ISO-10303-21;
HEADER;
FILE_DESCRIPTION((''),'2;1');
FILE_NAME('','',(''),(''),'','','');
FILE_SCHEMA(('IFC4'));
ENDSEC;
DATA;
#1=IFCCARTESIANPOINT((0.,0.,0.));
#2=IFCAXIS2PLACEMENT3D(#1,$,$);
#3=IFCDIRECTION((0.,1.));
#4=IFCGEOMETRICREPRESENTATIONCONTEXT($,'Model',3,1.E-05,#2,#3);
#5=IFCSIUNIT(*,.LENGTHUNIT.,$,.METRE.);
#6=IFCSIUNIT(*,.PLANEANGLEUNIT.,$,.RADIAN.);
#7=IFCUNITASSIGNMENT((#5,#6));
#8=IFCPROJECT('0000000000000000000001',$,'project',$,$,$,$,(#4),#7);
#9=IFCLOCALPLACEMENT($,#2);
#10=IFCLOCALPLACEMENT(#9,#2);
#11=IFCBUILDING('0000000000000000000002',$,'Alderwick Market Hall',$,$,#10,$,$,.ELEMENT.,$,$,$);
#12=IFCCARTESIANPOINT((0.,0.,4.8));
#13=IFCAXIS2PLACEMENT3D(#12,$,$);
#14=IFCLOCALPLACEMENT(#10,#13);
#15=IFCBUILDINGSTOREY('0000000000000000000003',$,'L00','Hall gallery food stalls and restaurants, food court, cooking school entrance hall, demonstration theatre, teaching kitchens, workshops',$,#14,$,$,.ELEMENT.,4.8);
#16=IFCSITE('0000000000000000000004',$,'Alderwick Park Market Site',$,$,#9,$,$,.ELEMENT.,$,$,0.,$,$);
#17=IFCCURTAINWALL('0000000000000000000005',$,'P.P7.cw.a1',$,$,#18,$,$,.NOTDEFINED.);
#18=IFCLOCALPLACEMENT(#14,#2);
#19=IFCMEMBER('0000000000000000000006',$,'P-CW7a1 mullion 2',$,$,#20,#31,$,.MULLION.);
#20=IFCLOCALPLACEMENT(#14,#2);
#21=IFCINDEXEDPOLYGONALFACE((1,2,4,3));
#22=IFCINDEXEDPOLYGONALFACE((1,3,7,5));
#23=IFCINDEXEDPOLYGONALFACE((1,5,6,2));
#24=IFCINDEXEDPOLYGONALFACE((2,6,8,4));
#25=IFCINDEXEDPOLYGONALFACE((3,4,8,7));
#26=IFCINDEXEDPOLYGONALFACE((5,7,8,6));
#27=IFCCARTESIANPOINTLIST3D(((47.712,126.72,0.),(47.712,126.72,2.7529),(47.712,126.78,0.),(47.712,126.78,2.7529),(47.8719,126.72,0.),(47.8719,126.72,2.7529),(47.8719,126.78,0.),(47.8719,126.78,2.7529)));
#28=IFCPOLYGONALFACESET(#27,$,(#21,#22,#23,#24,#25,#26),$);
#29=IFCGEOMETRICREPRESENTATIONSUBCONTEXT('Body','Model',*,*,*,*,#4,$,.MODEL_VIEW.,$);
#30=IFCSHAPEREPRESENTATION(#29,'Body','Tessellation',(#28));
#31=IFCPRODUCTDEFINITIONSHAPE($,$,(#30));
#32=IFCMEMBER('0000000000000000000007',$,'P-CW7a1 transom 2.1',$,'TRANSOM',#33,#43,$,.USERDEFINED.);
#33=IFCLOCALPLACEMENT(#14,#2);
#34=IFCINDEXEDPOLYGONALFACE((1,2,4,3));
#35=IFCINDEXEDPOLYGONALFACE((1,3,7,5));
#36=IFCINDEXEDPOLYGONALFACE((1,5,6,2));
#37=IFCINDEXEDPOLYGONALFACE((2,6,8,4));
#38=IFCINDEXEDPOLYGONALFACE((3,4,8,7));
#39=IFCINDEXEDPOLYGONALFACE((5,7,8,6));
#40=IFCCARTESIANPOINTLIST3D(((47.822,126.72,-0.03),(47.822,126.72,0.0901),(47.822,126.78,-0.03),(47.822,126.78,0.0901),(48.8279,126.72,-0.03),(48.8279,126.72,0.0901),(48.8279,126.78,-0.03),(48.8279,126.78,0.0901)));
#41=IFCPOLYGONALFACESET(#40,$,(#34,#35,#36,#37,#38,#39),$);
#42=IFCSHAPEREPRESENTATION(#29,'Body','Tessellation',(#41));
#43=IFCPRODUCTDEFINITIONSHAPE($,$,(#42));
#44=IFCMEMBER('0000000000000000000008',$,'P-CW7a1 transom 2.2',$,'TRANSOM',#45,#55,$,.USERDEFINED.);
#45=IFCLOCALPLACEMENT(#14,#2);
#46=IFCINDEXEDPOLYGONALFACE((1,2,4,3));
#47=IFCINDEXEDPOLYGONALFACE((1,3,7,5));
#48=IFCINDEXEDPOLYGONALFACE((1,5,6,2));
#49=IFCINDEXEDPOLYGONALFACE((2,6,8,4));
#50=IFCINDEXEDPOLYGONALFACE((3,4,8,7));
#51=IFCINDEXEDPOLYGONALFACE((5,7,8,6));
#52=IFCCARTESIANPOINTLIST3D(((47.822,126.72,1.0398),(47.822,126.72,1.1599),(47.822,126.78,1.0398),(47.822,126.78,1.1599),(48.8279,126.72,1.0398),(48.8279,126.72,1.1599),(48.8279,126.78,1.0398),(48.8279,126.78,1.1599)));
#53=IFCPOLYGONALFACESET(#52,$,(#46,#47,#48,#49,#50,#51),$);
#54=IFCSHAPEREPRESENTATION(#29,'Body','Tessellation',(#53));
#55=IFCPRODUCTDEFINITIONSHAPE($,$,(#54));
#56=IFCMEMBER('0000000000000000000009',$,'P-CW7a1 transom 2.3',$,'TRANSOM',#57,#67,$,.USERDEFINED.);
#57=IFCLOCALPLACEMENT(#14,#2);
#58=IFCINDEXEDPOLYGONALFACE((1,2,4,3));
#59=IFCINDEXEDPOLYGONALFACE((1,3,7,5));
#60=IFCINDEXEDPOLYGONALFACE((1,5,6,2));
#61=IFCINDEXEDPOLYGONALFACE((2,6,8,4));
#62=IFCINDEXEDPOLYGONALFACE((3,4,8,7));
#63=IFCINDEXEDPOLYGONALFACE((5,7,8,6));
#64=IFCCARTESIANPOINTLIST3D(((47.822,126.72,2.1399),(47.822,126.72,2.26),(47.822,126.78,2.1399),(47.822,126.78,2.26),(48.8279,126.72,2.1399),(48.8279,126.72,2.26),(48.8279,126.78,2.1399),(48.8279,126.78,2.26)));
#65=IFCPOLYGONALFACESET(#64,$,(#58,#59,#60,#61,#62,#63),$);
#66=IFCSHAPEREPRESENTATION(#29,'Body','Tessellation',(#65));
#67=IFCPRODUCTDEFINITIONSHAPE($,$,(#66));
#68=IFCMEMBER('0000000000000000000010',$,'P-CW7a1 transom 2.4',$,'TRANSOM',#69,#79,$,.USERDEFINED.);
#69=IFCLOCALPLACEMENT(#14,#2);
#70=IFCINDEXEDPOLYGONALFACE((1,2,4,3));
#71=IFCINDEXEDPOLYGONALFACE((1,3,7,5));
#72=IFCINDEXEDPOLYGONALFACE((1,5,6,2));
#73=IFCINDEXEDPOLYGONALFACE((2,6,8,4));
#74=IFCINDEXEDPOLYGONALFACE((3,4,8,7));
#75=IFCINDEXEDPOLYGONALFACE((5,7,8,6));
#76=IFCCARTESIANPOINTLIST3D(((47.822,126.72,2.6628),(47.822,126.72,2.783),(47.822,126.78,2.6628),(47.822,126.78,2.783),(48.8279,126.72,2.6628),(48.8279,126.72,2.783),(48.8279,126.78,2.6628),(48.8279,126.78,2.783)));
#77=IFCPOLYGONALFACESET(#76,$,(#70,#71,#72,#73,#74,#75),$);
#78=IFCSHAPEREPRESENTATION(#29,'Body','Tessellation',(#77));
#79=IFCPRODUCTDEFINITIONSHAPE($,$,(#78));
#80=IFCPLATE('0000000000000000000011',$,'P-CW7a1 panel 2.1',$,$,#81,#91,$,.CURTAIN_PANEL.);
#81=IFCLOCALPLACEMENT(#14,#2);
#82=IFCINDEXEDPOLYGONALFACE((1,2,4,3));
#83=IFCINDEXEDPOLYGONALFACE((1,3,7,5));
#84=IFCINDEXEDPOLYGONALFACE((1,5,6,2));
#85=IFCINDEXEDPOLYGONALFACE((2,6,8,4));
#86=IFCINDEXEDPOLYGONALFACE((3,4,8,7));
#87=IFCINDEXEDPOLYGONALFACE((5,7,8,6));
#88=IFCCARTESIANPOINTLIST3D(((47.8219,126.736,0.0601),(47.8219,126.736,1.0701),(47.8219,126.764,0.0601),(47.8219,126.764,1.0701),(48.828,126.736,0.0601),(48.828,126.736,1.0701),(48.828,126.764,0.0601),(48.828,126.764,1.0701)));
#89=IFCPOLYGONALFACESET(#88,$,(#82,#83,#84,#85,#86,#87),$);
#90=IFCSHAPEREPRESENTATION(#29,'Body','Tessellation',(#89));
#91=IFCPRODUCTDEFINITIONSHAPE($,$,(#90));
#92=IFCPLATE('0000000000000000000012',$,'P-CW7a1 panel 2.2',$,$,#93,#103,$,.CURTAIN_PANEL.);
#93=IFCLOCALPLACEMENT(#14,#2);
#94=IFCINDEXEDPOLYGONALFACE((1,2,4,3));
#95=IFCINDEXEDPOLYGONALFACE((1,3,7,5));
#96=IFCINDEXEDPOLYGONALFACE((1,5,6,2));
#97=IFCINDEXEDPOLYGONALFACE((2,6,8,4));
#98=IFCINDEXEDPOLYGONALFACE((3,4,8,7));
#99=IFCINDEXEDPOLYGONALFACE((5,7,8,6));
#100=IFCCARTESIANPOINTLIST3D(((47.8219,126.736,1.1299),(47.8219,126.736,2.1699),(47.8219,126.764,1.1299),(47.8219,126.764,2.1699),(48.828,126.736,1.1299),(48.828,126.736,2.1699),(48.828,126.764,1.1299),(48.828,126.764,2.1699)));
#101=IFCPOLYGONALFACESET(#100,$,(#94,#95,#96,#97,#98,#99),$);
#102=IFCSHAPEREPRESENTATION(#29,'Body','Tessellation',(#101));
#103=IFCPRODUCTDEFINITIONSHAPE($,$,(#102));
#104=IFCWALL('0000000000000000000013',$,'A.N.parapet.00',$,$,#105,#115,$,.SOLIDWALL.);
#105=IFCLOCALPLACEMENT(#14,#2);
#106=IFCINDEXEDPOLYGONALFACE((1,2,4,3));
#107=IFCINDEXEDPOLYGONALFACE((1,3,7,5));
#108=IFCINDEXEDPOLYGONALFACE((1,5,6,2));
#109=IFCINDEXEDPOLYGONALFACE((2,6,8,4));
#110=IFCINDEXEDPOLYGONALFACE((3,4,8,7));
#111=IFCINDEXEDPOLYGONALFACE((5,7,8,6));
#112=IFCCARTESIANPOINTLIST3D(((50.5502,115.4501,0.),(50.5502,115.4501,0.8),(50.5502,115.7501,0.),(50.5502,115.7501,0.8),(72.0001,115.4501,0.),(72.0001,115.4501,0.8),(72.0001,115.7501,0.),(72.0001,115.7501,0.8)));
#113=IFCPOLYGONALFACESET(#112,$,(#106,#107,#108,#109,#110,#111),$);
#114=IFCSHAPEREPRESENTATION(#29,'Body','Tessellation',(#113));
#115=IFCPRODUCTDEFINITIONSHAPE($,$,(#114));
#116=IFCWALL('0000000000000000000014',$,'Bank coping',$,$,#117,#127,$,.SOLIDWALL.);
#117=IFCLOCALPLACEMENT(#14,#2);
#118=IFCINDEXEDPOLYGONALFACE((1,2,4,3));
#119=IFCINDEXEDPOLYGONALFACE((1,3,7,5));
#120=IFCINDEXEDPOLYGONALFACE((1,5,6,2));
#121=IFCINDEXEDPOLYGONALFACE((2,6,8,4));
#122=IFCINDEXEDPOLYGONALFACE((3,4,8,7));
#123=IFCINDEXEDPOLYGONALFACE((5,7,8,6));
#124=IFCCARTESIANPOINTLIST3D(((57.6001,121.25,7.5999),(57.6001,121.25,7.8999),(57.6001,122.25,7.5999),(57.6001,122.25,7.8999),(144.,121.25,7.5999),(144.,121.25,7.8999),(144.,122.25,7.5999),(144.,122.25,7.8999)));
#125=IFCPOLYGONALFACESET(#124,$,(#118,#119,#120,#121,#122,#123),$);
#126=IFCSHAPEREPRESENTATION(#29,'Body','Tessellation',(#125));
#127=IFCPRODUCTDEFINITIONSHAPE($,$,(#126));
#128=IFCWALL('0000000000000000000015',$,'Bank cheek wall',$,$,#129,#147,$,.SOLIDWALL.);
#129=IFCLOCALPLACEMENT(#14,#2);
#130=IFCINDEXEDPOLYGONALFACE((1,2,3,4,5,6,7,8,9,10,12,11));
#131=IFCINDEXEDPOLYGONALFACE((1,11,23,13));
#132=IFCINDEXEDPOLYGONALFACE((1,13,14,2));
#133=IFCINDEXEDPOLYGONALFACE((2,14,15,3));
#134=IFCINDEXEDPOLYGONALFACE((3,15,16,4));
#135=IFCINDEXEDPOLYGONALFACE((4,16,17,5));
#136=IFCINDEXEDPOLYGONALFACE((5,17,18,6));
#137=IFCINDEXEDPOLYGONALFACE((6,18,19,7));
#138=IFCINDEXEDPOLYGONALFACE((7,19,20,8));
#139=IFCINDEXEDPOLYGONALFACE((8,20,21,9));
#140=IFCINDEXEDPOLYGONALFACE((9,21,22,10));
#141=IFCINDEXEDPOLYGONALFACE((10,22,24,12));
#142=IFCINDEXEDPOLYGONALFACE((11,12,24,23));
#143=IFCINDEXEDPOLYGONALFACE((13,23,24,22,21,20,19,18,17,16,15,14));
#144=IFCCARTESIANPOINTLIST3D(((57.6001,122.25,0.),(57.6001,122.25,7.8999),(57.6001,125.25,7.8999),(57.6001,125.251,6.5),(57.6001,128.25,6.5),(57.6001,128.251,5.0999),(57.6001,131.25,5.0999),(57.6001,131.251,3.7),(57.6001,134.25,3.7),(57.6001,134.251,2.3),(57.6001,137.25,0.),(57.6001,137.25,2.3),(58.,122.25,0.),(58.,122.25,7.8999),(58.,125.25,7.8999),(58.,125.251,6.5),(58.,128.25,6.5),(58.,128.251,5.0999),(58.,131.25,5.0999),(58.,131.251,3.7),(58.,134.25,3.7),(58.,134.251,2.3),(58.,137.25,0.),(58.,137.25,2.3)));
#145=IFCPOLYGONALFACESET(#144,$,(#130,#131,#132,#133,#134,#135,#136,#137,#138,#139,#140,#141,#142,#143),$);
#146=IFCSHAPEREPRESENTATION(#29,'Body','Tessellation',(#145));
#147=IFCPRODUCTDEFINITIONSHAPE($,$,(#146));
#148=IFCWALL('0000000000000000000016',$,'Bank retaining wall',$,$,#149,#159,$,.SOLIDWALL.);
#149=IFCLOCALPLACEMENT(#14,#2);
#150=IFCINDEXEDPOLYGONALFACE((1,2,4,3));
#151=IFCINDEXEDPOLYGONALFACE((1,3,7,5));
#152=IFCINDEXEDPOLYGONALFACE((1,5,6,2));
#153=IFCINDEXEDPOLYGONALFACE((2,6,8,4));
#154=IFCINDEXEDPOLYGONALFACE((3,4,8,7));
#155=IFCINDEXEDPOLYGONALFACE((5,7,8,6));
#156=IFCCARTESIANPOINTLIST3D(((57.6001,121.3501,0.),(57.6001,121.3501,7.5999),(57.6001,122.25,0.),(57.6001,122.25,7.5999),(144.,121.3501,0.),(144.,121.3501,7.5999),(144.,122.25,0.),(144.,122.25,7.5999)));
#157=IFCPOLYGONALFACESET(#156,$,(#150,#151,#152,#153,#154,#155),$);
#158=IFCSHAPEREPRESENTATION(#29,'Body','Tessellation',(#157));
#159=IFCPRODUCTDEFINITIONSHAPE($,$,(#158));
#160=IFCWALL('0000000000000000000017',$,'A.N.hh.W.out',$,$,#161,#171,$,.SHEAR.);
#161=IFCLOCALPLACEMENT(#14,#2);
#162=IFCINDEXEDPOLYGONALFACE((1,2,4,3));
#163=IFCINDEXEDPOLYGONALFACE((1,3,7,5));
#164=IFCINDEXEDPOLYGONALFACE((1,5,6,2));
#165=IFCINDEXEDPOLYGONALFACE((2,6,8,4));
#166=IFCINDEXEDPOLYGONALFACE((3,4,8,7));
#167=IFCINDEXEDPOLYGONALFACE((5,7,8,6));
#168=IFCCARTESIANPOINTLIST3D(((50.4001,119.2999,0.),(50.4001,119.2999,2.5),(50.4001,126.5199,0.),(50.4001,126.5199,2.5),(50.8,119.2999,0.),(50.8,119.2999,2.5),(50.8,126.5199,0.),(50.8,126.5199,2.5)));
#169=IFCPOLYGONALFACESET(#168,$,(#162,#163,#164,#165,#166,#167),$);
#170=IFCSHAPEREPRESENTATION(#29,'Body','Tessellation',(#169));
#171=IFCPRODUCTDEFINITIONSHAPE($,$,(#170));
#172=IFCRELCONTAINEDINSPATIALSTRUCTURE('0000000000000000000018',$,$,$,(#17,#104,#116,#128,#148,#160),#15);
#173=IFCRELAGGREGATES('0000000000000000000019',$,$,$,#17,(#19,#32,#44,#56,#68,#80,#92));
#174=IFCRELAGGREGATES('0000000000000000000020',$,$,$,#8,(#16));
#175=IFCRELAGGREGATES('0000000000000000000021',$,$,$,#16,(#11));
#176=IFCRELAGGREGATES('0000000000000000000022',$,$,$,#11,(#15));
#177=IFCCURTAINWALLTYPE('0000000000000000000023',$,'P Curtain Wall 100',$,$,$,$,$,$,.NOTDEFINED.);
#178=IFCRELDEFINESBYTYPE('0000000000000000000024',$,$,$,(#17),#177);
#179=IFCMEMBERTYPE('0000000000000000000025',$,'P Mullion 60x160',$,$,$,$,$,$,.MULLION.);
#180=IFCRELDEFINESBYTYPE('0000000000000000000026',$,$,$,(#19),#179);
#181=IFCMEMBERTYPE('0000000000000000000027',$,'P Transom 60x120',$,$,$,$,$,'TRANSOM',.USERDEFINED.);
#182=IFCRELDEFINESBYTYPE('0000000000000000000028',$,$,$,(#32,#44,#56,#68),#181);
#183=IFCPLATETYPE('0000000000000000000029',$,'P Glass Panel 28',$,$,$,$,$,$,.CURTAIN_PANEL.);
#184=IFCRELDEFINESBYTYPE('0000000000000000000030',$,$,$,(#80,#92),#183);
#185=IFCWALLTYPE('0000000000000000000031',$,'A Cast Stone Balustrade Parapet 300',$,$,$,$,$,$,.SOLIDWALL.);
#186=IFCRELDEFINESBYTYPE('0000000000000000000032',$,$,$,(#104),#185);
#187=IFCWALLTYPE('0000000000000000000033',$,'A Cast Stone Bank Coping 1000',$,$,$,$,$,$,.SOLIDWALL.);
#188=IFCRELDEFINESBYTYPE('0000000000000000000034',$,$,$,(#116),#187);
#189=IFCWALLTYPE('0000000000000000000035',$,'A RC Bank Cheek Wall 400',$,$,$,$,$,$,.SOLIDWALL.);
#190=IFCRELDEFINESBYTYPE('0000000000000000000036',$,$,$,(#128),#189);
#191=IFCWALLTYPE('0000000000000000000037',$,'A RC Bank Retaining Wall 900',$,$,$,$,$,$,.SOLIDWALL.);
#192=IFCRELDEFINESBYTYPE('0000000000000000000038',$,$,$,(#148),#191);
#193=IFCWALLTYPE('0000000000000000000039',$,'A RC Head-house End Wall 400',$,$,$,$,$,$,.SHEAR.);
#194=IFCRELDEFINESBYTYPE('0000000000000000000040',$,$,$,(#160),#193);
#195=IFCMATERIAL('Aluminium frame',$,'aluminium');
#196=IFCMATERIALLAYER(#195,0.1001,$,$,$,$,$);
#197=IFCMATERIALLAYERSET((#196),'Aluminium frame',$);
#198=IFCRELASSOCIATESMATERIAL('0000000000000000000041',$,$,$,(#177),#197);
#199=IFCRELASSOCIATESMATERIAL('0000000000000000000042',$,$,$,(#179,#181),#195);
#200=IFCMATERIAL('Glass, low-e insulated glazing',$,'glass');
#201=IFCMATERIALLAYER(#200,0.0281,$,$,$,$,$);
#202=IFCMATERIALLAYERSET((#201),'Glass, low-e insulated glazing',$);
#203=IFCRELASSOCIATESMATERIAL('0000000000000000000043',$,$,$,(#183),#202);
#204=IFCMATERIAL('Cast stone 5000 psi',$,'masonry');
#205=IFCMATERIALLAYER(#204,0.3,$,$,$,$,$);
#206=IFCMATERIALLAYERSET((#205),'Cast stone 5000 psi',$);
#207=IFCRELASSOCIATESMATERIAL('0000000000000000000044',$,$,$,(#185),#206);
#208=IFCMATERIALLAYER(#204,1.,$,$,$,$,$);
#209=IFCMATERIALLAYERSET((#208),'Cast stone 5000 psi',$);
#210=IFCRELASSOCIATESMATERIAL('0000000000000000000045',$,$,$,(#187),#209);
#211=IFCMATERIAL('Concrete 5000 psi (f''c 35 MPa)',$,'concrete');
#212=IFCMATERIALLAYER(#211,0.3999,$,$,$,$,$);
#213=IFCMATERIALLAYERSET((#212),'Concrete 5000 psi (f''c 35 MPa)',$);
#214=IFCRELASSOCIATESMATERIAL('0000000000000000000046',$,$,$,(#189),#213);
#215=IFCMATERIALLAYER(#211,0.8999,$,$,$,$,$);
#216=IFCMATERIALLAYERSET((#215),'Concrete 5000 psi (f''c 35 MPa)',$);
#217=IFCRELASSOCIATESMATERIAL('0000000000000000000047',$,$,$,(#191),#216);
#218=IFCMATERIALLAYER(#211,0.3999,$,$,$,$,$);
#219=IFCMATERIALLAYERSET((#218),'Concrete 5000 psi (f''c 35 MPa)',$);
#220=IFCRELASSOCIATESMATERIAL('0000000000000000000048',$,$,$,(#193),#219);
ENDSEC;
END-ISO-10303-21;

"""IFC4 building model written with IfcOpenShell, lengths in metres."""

from ifc_helpers import new_model, si_unit, direction, frame, frame_2d, origin, origin_2d, place, context, subcontext, project, spatial, polyline, rectangle, outline, extrude, material, layer, layer_set, material_profile, profile_set, type_object, element, aggregate, save


model = new_model("IFC4")

# Units and contexts
model_context = context("Model", 3, precision=1e-05, world=origin(), true_north=direction((0.0, 1.0)))
body_context = subcontext(model_context, "Body", "Model", "MODEL_VIEW")
ifc_project = project(units=[si_unit("LENGTHUNIT", "METRE"), si_unit("PLANEANGLEUNIT", "RADIAN")], contexts=[model_context])

# Site, building, storey
site_placement = place(None, origin())
site = spatial("IfcSite", under=ifc_project, at=site_placement, Name="Alderwick Park Market Site", CompositionType="ELEMENT", RefElevation=0.0)
building_placement = place(site_placement, origin())
building = spatial("IfcBuilding", under=site, at=building_placement, Name="Alderwick Market Hall", CompositionType="ELEMENT")
storey_placement = place(building_placement, frame((0.0, 0.0, 4.8)))
storey = spatial("IfcBuildingStorey", under=building, at=storey_placement, Name="L00", Description="Hall gallery food stalls and restaurants, food court, cooking school entrance hall, demonstration theatre, teaching kitchens, workshops", CompositionType="ELEMENT", Elevation=4.8)

# Curtain wall, members, plates
ifc_material_1 = material(Name="Aluminium frame", Category="aluminium")
ifc_layer_1 = layer(ifc_material_1, 0.1001)
ifc_layer_set_1 = layer_set([ifc_layer_1], Name="Aluminium frame")
curtain_wall_type = type_object("IfcCurtainWallType", Name="P Curtain Wall 100", PredefinedType="NOTDEFINED", material=ifc_layer_set_1)
curtain_wall_placement = place(storey_placement, origin())
curtain_wall = element("IfcCurtainWall", 1, at=curtain_wall_placement, inside=storey, type_object=curtain_wall_type, Name="P.P7.cw.a1", PredefinedType="NOTDEFINED")
ifc_material_profile_1 = material_profile(ifc_material_1, rectangle(XDim=0.0601, YDim=0.1599, at=origin_2d()), Name="P Mullion 60x160")
ifc_profile_set_1 = profile_set([ifc_material_profile_1], Name="Aluminium frame")
member_type_1 = type_object("IfcMemberType", Name="P Mullion 60x160", PredefinedType="MULLION", material=ifc_profile_set_1)
member_1_placement = place(storey_placement, frame((47.792, 126.75, 0.0), z_axis=(0.0, 0.0, 1.0), x_axis=(0.0, 1.0, 0.0)))
member_1 = element("IfcMember", 2, at=member_1_placement, type_object=member_type_1, Name="P-CW7a1 mullion 2", PredefinedType="MULLION", context=body_context, shape_type="SweptSolid", body=[
    extrude(rectangle(XDim=0.0601, YDim=0.1599, at=origin_2d()), origin(), (0.0, 0.0, 1.0), 2.7529),
])
ifc_material_profile_2 = material_profile(ifc_material_1, rectangle(XDim=0.0601, YDim=0.1201, at=origin_2d()), Name="P Transom 60x120")
ifc_profile_set_2 = profile_set([ifc_material_profile_2], Name="Aluminium frame")
member_type_2 = type_object("IfcMemberType", Name="P Transom 60x120", ElementType="TRANSOM", PredefinedType="USERDEFINED", material=ifc_profile_set_2)
member_2_placement = place(storey_placement, frame((47.822, 126.75, 0.03), z_axis=(1.0, 0.0, 0.0), x_axis=(0.0, 1.0, 0.0)))
member_2 = element("IfcMember", 3, at=member_2_placement, type_object=member_type_2, Name="P-CW7a1 transom 2.1", ObjectType="TRANSOM", PredefinedType="USERDEFINED", context=body_context, shape_type="SweptSolid", body=[
    extrude(rectangle(XDim=0.0601, YDim=0.1201, at=origin_2d()), origin(), (0.0, 0.0, 1.0), 1.0059),
])
member_3_placement = place(storey_placement, frame((47.822, 126.75, 1.0999), z_axis=(1.0, 0.0, 0.0), x_axis=(0.0, 1.0, 0.0)))
member_3 = element("IfcMember", 4, at=member_3_placement, type_object=member_type_2, Name="P-CW7a1 transom 2.2", ObjectType="TRANSOM", PredefinedType="USERDEFINED", context=body_context, shape_type="SweptSolid", body=[
    extrude(rectangle(XDim=0.0601, YDim=0.1201, at=origin_2d()), origin(), (0.0, 0.0, 1.0), 1.0059),
])
member_4_placement = place(storey_placement, frame((47.822, 126.75, 2.2), z_axis=(1.0, 0.0, 0.0), x_axis=(0.0, 1.0, 0.0)))
member_4 = element("IfcMember", 5, at=member_4_placement, type_object=member_type_2, Name="P-CW7a1 transom 2.3", ObjectType="TRANSOM", PredefinedType="USERDEFINED", context=body_context, shape_type="SweptSolid", body=[
    extrude(rectangle(XDim=0.0601, YDim=0.1201, at=origin_2d()), origin(), (0.0, 0.0, 1.0), 1.0059),
])
member_5_placement = place(storey_placement, frame((47.822, 126.75, 2.7229), z_axis=(1.0, 0.0, 0.0), x_axis=(0.0, 1.0, 0.0)))
member_5 = element("IfcMember", 6, at=member_5_placement, type_object=member_type_2, Name="P-CW7a1 transom 2.4", ObjectType="TRANSOM", PredefinedType="USERDEFINED", context=body_context, shape_type="SweptSolid", body=[
    extrude(rectangle(XDim=0.0601, YDim=0.1201, at=origin_2d()), origin(), (0.0, 0.0, 1.0), 1.0059),
])
ifc_material_2 = material(Name="Glass, low-e insulated glazing", Category="glass")
ifc_layer_2 = layer(ifc_material_2, 0.0281)
ifc_layer_set_2 = layer_set([ifc_layer_2], Name="Glass, low-e insulated glazing")
plate_type = type_object("IfcPlateType", Name="P Glass Panel 28", PredefinedType="CURTAIN_PANEL", material=ifc_layer_set_2)
plate_1_placement = place(storey_placement, frame((48.325, 126.75, 0.0601), z_axis=(0.0, 0.0, 1.0), x_axis=(1.0, 0.0, 0.0)))
plate_1 = element("IfcPlate", 7, at=plate_1_placement, type_object=plate_type, Name="P-CW7a1 panel 2.1", PredefinedType="CURTAIN_PANEL", context=body_context, shape_type="SweptSolid", body=[
    extrude(rectangle(XDim=1.0061, YDim=0.0281, at=origin_2d()), origin(), (0.0, 0.0, 1.0), 1.01),
])
plate_2_placement = place(storey_placement, frame((48.325, 126.75, 1.1299), z_axis=(0.0, 0.0, 1.0), x_axis=(1.0, 0.0, 0.0)))
plate_2 = element("IfcPlate", 8, at=plate_2_placement, type_object=plate_type, Name="P-CW7a1 panel 2.2", PredefinedType="CURTAIN_PANEL", context=body_context, shape_type="SweptSolid", body=[
    extrude(rectangle(XDim=1.0061, YDim=0.0281, at=origin_2d()), origin(), (0.0, 0.0, 1.0), 1.04),
])
aggregate(curtain_wall, [member_1, member_2, member_3, member_4, member_5, plate_1, plate_2])

# Walls
ifc_material_3 = material(Name="Cast stone 5000 psi", Category="masonry")
ifc_layer_3 = layer(ifc_material_3, 0.3)
ifc_layer_set_3 = layer_set([ifc_layer_3], Name="Cast stone 5000 psi")
wall_type_1 = type_object("IfcWallType", Name="A Cast Stone Balustrade Parapet 300", PredefinedType="SOLIDWALL", material=ifc_layer_set_3)
wall_1_placement = place(storey_placement, frame((50.55, 115.6001, 0.0), z_axis=(0.0, 0.0, 1.0), x_axis=(1.0, 0.0, 0.0)))
element("IfcWall", 9, at=wall_1_placement, inside=storey, type_object=wall_type_1, Name="A.N.parapet.00", PredefinedType="SOLIDWALL", context=body_context, shape_type="SweptSolid", body=[
    extrude(rectangle(XDim=21.45, YDim=0.3, at=frame_2d((10.7251, 0.0))), origin(), (0.0, 0.0, 1.0), 0.8),
])
ifc_layer_4 = layer(ifc_material_3, 1.0)
ifc_layer_set_4 = layer_set([ifc_layer_4], Name="Cast stone 5000 psi")
wall_type_2 = type_object("IfcWallType", Name="A Cast Stone Bank Coping 1000", PredefinedType="SOLIDWALL", material=ifc_layer_set_4)
wall_2_placement = place(storey_placement, frame((57.6001, 121.75, 7.5999), z_axis=(0.0, 0.0, 1.0), x_axis=(1.0, 0.0, 0.0)))
element("IfcWall", 10, at=wall_2_placement, inside=storey, type_object=wall_type_2, Name="Bank coping", PredefinedType="SOLIDWALL", context=body_context, shape_type="SweptSolid", body=[
    extrude(rectangle(XDim=86.3999, YDim=1.0, at=frame_2d((43.2, 0.0))), origin(), (0.0, 0.0, 1.0), 0.3),
])
ifc_material_4 = material(Name="Concrete 5000 psi (f'c 35 MPa)", Category="concrete")
ifc_layer_5 = layer(ifc_material_4, 0.3999)
ifc_layer_set_5 = layer_set([ifc_layer_5], Name="Concrete 5000 psi (f'c 35 MPa)")
wall_type_3 = type_object("IfcWallType", Name="A RC Bank Cheek Wall 400", PredefinedType="SOLIDWALL", material=ifc_layer_set_5)
wall_3_placement = place(storey_placement, frame((57.8, 122.25, 0.0), z_axis=(0.0, 0.0, 1.0), x_axis=(0.0, 1.0, 0.0)))
element("IfcWall", 11, at=wall_3_placement, inside=storey, type_object=wall_type_3, Name="Bank cheek wall", PredefinedType="SOLIDWALL", context=body_context, shape_type="SweptSolid", body=[
    extrude(outline(polyline([(0.0, 0.0), (15.0, 0.0), (15.0, 2.3), (12.001, 2.3), (12.0, 3.7), (9.001, 3.7), (9.0, 5.0999), (6.001, 5.0999), (6.0, 6.5), (3.001, 6.5), (3.0, 7.8999), (0.0, 7.8999), (0.0, 0.0)])), frame((0.0, 0.2, 0.0), z_axis=(0.0, -1.0, 0.0), x_axis=(1.0, 0.0, 0.0)), (0.0, 0.0, 1.0), 0.3999),
])
ifc_layer_6 = layer(ifc_material_4, 0.8999)
ifc_layer_set_6 = layer_set([ifc_layer_6], Name="Concrete 5000 psi (f'c 35 MPa)")
wall_type_4 = type_object("IfcWallType", Name="A RC Bank Retaining Wall 900", PredefinedType="SOLIDWALL", material=ifc_layer_set_6)
wall_4_placement = place(storey_placement, frame((57.6001, 121.8, 0.0), z_axis=(0.0, 0.0, 1.0), x_axis=(1.0, 0.0, 0.0)))
element("IfcWall", 12, at=wall_4_placement, inside=storey, type_object=wall_type_4, Name="Bank retaining wall", PredefinedType="SOLIDWALL", context=body_context, shape_type="SweptSolid", body=[
    extrude(rectangle(XDim=86.3999, YDim=0.8999, at=frame_2d((43.2, 0.0))), origin(), (0.0, 0.0, 1.0), 7.5999),
])
ifc_layer_7 = layer(ifc_material_4, 0.3999)
ifc_layer_set_7 = layer_set([ifc_layer_7], Name="Concrete 5000 psi (f'c 35 MPa)")
wall_type_5 = type_object("IfcWallType", Name="A RC Head-house End Wall 400", PredefinedType="SHEAR", material=ifc_layer_set_7)
wall_5_placement = place(storey_placement, frame((50.6001, 119.3, 0.0), z_axis=(0.0, 0.0, 1.0), x_axis=(0.0, 1.0, 0.0)))
element("IfcWall", 13, at=wall_5_placement, inside=storey, type_object=wall_type_5, Name="A.N.hh.W.out", PredefinedType="SHEAR", context=body_context, shape_type="SweptSolid", body=[
    extrude(rectangle(XDim=7.22, YDim=0.3999, at=frame_2d((3.6099, 0.0))), origin(), (0.0, 0.0, 1.0), 2.5),
])

save(model, "model.ifc")
